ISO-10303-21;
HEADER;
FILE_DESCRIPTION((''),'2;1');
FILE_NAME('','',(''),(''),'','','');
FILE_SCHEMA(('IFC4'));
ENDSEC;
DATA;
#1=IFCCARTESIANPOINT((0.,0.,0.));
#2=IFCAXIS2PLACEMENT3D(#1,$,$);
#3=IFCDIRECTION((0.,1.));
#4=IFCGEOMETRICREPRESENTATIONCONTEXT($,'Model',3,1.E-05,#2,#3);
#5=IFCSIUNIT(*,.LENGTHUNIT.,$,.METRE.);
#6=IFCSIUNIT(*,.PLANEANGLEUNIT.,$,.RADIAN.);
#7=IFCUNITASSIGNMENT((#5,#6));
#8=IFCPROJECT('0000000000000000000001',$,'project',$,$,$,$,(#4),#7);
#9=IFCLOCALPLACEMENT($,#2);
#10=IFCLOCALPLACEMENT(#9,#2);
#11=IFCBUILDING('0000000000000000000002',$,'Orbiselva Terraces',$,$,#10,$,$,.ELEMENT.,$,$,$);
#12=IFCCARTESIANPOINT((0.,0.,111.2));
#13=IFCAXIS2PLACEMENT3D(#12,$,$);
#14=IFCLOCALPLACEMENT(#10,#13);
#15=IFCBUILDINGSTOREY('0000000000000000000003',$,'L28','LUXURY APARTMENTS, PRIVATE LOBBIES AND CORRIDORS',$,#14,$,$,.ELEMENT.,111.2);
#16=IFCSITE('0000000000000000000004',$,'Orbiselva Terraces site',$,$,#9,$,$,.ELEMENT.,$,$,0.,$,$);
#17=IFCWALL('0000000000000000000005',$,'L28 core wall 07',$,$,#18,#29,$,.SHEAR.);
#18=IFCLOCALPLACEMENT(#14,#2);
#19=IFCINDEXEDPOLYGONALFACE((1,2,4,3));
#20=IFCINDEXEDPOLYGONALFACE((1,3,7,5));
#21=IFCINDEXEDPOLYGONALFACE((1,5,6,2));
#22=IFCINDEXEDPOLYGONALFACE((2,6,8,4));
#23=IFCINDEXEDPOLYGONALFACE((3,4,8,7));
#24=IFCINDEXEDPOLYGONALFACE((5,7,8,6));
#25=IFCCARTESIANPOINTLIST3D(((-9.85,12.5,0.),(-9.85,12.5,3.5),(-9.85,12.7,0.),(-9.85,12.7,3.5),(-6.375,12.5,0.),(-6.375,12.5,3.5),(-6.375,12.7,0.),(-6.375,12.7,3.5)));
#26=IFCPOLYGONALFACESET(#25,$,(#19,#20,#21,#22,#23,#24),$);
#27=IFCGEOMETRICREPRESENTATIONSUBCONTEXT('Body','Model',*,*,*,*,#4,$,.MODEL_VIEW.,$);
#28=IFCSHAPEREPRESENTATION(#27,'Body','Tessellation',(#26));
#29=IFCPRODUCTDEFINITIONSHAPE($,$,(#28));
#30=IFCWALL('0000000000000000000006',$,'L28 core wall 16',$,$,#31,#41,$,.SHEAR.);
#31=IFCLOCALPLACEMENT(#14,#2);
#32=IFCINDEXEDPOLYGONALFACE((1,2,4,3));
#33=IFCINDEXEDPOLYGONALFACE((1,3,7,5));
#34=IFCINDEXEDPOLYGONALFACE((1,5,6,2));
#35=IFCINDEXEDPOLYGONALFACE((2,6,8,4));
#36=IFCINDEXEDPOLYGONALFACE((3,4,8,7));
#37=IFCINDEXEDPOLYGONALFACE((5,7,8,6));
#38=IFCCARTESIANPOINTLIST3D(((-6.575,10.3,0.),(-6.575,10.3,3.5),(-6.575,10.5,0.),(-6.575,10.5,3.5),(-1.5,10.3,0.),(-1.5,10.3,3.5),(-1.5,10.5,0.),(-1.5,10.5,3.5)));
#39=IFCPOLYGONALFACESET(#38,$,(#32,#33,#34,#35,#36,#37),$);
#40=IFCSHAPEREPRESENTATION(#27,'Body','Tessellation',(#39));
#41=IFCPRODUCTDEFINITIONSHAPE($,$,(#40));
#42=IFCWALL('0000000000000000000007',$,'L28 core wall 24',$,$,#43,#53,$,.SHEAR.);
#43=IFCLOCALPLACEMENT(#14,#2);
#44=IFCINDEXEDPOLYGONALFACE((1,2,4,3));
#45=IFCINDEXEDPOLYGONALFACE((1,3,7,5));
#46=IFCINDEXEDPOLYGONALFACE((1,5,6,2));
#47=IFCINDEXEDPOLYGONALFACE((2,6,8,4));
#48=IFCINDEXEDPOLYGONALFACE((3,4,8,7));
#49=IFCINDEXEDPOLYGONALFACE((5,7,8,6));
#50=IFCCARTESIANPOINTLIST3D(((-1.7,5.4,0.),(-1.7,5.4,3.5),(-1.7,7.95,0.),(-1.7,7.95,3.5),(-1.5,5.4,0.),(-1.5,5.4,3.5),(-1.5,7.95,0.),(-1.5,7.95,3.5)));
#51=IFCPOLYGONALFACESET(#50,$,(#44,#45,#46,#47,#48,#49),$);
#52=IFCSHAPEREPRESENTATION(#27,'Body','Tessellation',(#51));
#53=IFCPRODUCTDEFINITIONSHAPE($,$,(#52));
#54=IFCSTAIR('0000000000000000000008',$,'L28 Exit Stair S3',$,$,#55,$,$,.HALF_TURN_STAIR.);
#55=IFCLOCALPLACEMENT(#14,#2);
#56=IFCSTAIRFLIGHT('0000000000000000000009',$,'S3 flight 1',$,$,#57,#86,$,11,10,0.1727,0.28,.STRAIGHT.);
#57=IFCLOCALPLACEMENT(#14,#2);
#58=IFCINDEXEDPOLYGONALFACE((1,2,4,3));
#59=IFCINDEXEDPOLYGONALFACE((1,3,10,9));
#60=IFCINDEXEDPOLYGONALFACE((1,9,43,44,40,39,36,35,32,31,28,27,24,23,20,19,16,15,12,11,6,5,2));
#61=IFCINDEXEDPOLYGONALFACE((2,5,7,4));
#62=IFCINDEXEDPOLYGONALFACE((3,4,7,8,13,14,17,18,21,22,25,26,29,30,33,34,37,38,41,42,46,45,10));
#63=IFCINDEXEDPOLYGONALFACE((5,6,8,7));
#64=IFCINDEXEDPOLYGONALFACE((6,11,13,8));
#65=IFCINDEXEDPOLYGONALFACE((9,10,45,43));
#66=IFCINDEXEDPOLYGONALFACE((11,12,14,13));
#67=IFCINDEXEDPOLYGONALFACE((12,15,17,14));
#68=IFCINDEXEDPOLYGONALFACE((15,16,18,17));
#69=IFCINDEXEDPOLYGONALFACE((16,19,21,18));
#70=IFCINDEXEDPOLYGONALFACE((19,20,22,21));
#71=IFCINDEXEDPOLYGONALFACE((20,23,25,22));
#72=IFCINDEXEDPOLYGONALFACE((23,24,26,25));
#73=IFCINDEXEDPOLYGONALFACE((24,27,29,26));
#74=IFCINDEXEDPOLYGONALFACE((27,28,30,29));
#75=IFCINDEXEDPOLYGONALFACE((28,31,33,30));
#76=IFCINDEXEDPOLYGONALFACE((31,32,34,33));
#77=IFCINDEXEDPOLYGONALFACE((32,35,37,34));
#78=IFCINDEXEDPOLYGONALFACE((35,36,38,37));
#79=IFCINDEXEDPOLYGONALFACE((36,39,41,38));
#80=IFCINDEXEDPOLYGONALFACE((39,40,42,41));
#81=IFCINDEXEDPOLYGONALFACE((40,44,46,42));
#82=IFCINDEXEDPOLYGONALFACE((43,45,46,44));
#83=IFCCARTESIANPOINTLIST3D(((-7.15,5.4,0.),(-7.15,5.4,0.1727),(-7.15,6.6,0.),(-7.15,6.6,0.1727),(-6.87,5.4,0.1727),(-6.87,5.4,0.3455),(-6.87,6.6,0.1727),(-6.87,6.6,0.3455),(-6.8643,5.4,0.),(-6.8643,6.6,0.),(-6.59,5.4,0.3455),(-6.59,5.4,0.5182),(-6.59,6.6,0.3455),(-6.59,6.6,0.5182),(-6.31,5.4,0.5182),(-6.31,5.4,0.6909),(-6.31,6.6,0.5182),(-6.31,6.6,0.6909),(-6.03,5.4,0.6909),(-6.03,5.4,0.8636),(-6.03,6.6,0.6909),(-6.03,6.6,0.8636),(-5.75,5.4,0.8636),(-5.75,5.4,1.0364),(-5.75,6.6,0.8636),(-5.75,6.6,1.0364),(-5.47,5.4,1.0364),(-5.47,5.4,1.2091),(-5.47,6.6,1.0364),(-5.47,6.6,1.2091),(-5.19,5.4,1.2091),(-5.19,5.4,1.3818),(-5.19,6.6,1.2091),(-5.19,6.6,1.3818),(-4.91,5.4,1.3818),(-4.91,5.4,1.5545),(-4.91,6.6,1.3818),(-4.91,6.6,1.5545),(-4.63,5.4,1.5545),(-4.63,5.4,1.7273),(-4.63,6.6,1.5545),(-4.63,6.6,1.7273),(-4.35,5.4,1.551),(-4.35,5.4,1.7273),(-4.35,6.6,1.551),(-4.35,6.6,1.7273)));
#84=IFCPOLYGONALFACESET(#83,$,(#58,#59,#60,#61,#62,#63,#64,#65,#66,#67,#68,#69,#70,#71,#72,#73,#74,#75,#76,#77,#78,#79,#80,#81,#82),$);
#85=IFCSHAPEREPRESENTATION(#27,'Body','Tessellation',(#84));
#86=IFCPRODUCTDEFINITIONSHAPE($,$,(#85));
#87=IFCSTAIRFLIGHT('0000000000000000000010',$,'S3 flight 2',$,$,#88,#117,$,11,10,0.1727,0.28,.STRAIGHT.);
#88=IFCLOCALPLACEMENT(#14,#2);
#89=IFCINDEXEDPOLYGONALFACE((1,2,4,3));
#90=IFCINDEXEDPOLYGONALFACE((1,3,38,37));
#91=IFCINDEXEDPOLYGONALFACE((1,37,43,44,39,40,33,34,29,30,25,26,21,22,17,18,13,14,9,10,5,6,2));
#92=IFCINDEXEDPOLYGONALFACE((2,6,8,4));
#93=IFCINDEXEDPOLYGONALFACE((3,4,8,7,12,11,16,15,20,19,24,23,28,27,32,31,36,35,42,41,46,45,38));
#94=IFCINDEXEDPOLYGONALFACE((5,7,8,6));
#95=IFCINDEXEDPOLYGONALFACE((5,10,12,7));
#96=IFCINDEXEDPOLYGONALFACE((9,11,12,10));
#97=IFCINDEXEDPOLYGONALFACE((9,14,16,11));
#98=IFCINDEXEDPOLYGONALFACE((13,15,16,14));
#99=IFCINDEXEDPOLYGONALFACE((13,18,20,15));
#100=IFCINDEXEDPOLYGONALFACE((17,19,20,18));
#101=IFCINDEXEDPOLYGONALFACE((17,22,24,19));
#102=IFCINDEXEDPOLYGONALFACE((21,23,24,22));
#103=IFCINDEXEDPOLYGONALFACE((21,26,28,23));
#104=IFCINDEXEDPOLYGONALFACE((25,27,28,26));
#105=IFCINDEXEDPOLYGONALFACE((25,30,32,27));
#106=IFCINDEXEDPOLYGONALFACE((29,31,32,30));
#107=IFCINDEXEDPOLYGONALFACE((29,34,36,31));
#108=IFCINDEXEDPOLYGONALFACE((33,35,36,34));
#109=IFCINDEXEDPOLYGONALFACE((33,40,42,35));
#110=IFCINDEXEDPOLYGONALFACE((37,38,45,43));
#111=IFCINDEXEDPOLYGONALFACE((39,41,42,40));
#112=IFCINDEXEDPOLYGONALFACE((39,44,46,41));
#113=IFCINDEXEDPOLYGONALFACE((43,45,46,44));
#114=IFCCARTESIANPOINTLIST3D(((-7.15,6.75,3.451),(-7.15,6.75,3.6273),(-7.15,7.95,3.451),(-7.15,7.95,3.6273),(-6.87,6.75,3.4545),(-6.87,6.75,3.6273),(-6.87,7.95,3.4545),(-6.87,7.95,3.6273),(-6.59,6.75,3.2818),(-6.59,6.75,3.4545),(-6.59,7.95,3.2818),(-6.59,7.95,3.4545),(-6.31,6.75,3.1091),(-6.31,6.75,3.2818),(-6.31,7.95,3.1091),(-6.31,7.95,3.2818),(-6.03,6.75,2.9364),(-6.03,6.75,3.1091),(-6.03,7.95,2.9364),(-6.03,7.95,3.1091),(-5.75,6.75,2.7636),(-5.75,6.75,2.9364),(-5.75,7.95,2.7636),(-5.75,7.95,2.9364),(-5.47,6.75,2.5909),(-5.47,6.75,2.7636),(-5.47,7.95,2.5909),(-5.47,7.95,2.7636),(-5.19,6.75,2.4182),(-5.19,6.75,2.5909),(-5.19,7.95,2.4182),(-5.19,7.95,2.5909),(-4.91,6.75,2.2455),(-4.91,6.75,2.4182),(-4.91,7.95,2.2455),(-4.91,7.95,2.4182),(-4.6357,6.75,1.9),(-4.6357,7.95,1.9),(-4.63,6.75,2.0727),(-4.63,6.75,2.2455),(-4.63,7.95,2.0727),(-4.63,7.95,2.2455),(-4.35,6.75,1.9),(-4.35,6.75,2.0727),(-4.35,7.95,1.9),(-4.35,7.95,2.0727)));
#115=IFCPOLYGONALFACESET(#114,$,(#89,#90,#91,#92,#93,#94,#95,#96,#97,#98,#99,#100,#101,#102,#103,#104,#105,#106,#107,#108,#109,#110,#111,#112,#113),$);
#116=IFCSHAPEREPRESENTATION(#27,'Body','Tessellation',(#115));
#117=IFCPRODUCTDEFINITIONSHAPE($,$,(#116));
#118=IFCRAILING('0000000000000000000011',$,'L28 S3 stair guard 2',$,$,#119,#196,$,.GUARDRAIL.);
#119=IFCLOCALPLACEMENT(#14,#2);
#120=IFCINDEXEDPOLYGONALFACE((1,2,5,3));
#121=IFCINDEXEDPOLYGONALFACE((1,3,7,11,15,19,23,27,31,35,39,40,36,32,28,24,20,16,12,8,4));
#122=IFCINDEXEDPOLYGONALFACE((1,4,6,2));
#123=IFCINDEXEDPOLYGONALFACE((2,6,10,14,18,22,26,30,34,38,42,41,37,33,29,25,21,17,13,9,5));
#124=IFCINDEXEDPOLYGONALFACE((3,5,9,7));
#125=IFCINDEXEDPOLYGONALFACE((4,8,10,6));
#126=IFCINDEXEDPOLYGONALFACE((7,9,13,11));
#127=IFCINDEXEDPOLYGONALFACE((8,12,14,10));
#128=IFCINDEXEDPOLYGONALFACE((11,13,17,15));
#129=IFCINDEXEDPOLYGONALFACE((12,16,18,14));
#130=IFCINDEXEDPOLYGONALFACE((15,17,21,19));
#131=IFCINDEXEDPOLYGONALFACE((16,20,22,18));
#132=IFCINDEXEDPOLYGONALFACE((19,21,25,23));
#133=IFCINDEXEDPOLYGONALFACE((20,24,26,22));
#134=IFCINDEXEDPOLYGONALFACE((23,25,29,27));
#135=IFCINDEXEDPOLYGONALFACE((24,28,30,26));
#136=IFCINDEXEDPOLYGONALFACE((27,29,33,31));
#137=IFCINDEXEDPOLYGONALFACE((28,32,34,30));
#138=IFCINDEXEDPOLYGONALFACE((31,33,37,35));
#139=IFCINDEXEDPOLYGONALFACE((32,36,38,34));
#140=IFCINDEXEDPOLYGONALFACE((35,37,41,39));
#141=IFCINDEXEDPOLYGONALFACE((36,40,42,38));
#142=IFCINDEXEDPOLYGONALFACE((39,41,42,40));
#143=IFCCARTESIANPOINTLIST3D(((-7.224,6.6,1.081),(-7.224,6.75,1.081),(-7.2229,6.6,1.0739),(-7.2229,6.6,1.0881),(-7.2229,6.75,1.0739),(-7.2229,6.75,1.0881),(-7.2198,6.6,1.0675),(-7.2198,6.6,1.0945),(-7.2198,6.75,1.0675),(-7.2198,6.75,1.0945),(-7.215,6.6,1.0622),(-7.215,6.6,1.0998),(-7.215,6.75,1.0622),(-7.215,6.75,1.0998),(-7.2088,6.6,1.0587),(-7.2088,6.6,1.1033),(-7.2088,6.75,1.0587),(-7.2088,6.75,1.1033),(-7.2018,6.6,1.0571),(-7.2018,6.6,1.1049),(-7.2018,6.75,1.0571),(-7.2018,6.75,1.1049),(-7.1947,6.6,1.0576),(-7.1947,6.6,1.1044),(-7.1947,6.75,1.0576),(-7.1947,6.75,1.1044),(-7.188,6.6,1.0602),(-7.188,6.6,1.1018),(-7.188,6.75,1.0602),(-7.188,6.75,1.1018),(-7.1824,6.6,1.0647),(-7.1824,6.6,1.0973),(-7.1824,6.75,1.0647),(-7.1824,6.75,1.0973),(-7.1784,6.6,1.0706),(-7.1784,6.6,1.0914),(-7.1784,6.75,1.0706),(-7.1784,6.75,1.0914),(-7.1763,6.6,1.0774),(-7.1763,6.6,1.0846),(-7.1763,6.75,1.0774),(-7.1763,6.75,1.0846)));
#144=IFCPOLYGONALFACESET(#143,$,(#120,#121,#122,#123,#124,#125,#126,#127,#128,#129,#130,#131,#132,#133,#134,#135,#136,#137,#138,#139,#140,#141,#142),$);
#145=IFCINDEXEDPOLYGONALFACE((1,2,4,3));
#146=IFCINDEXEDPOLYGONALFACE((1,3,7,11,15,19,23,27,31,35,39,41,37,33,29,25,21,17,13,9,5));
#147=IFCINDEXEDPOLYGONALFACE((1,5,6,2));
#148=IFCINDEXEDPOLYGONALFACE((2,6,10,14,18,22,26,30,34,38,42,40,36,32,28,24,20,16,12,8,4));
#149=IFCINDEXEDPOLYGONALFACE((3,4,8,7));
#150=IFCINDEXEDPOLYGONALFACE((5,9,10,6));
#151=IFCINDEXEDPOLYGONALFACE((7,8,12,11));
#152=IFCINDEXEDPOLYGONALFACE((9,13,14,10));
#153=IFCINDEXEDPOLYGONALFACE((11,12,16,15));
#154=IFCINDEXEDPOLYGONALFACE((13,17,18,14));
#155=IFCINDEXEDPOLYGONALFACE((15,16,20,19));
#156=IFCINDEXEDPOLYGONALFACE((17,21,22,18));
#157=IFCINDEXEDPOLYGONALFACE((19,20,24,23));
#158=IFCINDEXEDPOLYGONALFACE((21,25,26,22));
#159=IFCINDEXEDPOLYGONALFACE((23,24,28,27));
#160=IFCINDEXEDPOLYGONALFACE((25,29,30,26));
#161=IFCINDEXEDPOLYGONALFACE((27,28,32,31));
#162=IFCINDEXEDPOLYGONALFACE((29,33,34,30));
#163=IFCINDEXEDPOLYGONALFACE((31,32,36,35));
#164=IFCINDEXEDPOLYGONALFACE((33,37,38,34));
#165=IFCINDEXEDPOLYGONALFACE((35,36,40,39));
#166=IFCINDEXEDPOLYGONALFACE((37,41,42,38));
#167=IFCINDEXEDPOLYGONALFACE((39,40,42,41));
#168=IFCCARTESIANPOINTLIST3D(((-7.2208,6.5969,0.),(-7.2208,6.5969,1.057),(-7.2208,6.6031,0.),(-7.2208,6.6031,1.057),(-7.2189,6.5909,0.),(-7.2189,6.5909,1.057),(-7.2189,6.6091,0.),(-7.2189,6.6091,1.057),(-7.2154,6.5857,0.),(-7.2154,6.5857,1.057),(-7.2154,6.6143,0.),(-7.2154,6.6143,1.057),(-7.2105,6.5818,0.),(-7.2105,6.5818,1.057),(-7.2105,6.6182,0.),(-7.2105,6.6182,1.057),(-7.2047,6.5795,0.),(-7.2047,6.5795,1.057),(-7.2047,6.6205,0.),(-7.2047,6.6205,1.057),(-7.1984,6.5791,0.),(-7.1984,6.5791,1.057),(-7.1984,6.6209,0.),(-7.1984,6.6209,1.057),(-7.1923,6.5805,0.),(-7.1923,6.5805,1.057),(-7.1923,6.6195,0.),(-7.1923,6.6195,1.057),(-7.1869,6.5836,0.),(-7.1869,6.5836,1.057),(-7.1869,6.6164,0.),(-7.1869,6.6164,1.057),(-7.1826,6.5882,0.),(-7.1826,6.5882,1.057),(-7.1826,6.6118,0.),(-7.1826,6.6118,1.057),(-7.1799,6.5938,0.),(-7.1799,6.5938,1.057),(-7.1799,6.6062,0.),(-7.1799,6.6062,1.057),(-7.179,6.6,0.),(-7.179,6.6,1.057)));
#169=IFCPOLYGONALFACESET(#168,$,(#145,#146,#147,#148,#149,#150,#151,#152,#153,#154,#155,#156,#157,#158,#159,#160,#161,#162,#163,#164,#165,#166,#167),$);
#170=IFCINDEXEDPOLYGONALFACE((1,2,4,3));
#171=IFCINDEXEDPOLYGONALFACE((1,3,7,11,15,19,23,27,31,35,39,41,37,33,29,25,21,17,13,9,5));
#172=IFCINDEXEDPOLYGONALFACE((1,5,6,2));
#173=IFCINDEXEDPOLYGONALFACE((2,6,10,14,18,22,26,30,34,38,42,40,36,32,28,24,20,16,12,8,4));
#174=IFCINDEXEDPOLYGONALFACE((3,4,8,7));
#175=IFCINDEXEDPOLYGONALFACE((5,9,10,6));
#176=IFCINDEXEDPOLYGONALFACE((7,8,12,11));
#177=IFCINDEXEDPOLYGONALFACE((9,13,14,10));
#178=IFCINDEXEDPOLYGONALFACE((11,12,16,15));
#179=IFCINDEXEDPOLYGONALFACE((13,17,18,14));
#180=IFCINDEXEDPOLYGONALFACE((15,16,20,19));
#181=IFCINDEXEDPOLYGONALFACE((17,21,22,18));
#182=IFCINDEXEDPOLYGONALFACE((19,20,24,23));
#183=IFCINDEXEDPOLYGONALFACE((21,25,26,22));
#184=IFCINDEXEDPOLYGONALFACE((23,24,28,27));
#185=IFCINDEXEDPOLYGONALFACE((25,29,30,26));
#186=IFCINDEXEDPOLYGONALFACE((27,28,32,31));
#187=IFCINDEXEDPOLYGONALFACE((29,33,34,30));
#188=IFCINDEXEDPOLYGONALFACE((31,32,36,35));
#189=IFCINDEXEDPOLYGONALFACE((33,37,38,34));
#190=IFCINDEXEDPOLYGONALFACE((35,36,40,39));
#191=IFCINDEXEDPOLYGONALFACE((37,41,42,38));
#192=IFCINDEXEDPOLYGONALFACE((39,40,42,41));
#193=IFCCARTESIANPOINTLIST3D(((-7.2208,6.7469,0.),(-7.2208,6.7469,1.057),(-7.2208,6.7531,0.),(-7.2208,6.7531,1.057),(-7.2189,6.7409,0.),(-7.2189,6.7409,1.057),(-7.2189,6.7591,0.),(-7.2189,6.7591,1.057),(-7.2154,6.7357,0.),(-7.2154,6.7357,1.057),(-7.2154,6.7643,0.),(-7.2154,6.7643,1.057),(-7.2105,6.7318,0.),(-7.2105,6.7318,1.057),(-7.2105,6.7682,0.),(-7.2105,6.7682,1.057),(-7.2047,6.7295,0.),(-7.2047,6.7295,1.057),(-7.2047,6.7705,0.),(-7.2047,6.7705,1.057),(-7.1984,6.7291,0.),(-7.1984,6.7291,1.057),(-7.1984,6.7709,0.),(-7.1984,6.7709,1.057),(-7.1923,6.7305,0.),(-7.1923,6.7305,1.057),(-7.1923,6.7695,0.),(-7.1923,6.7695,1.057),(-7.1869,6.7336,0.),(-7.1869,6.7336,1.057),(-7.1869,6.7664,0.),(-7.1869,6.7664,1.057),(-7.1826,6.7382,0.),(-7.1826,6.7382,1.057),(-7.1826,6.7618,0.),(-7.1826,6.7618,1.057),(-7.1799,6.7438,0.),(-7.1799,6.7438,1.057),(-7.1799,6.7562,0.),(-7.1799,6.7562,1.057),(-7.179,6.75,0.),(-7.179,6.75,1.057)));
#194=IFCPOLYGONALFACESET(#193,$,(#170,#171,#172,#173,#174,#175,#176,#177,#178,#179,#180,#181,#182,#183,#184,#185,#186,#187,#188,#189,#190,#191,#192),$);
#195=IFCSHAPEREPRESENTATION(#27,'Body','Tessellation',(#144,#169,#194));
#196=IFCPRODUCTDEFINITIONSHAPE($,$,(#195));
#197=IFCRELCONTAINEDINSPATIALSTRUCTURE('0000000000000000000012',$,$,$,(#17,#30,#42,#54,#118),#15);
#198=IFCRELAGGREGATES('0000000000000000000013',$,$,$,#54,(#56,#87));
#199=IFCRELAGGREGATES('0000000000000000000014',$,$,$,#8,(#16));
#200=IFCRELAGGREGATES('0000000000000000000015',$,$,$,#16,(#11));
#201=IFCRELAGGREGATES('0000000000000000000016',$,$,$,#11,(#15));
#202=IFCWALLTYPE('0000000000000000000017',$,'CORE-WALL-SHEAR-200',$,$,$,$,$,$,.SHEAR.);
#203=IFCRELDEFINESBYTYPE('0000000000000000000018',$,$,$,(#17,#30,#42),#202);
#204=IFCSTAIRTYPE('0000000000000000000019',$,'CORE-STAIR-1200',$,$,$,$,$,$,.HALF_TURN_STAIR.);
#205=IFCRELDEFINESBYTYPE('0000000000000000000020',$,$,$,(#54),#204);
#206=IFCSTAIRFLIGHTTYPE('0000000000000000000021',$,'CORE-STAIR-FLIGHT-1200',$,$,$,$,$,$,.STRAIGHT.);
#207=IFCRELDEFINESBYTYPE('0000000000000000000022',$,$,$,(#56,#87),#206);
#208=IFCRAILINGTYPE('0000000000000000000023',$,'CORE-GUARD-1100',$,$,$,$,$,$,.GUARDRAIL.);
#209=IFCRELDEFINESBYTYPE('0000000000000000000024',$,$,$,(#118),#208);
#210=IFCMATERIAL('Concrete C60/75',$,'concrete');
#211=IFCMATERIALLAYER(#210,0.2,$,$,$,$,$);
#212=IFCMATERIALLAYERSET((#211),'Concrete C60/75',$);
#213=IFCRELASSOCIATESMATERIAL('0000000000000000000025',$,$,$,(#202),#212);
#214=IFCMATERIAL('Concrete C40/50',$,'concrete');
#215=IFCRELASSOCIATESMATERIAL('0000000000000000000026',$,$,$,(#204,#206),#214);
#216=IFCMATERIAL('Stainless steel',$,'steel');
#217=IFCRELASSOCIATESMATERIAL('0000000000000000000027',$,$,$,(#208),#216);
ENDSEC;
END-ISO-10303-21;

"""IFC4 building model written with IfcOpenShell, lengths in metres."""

from ifc_helpers import new_model, si_unit, direction, frame, frame_2d, origin, origin_2d, place, context, subcontext, project, spatial, polyline, rectangle, circle, outline, extrude, material, layer, layer_set, type_object, element, aggregate, save


model = new_model("IFC4")

# Units and contexts
model_context = context("Model", 3, precision=1e-05, world=origin(), true_north=direction((0.0, 1.0)))
body_context = subcontext(model_context, "Body", "Model", "MODEL_VIEW")
ifc_project = project(units=[si_unit("LENGTHUNIT", "METRE"), si_unit("PLANEANGLEUNIT", "RADIAN")], contexts=[model_context])

# Site, building, storey
site_placement = place(None, origin())
site = spatial("IfcSite", under=ifc_project, at=site_placement, Name="Orbiselva Terraces site", CompositionType="ELEMENT", RefElevation=0.0)
building_placement = place(site_placement, origin())
building = spatial("IfcBuilding", under=site, at=building_placement, Name="Orbiselva Terraces", CompositionType="ELEMENT")
storey_placement = place(building_placement, frame((0.0, 0.0, 111.2)))
storey = spatial("IfcBuildingStorey", under=building, at=storey_placement, Name="L28", Description="LUXURY APARTMENTS, PRIVATE LOBBIES AND CORRIDORS", CompositionType="ELEMENT", Elevation=111.2)

# Walls
ifc_material_1 = material(Name="Concrete C60/75", Category="concrete")
ifc_layer_1 = layer(ifc_material_1, 0.2)
ifc_layer_set_1 = layer_set([ifc_layer_1], Name="Concrete C60/75")
wall_type_1 = type_object("IfcWallType", Name="CORE-WALL-SHEAR-200", PredefinedType="SHEAR", material=ifc_layer_set_1)
wall_1_placement = place(storey_placement, frame((-9.85, 12.6, 0.0), z_axis=(0.0, 0.0, 1.0), x_axis=(1.0, 0.0, 0.0)))
element("IfcWall", 1, at=wall_1_placement, inside=storey, type_object=wall_type_1, Name="L28 core wall 07", PredefinedType="SHEAR", context=body_context, shape_type="SweptSolid", body=[
    extrude(rectangle(XDim=3.475, YDim=0.2, at=frame_2d((1.7375, 0.0))), origin(), (0.0, 0.0, 1.0), 3.5),
])
wall_2_placement = place(storey_placement, frame((-6.575, 10.4, 0.0), z_axis=(0.0, 0.0, 1.0), x_axis=(1.0, 0.0, 0.0)))
element("IfcWall", 2, at=wall_2_placement, inside=storey, type_object=wall_type_1, Name="L28 core wall 16", PredefinedType="SHEAR", context=body_context, shape_type="SweptSolid", body=[
    extrude(rectangle(XDim=5.075, YDim=0.2, at=frame_2d((2.5375, 0.0))), origin(), (0.0, 0.0, 1.0), 3.5),
])
wall_3_placement = place(storey_placement, frame((-1.6, 5.4, 0.0), z_axis=(0.0, 0.0, 1.0), x_axis=(0.0, 1.0, 0.0)))
element("IfcWall", 3, at=wall_3_placement, inside=storey, type_object=wall_type_1, Name="L28 core wall 24", PredefinedType="SHEAR", context=body_context, shape_type="SweptSolid", body=[
    extrude(rectangle(XDim=2.55, YDim=0.2, at=frame_2d((1.275, 0.0))), origin(), (0.0, 0.0, 1.0), 3.5),
])

# Stair, stair flights
ifc_material_2 = material(Name="Concrete C40/50", Category="concrete")
stair_type = type_object("IfcStairType", Name="CORE-STAIR-1200", PredefinedType="HALF_TURN_STAIR", material=ifc_material_2)
stair_placement = place(storey_placement, origin())
stair = element("IfcStair", 4, at=stair_placement, inside=storey, type_object=stair_type, Name="L28 Exit Stair S3", PredefinedType="HALF_TURN_STAIR")
stair_flight_type = type_object("IfcStairFlightType", Name="CORE-STAIR-FLIGHT-1200", PredefinedType="STRAIGHT", material=ifc_material_2)
stair_flight_1_placement = place(storey_placement, frame((-7.15, 6.0, 0.0), z_axis=(0.0, 0.0, 1.0), x_axis=(1.0, 0.0, 0.0)))
stair_flight_1 = element("IfcStairFlight", 5, at=stair_flight_1_placement, type_object=stair_flight_type, Name="S3 flight 1", NumberOfRisers=11, NumberOfTreads=10, PredefinedType="STRAIGHT", RiserHeight=0.1727, TreadLength=0.28, context=body_context, shape_type="SweptSolid", body=[
    extrude(outline(polyline([(0.0, 0.0), (0.0, 0.1727), (0.28, 0.1727), (0.28, 0.3455), (0.56, 0.3455), (0.56, 0.5182), (0.84, 0.5182), (0.84, 0.6909), (1.12, 0.6909), (1.12, 0.8636), (1.4, 0.8636), (1.4, 1.0364), (1.68, 1.0364), (1.68, 1.2091), (1.96, 1.2091), (1.96, 1.3818), (2.24, 1.3818), (2.24, 1.5545), (2.52, 1.5545), (2.52, 1.7273), (2.8, 1.7273), (2.8, 1.9), (2.8, 1.551), (0.2857, 0.0), (0.0, 0.0)])), frame((0.0, 0.6, 0.0), z_axis=(0.0, -1.0, 0.0), x_axis=(1.0, 0.0, 0.0)), (0.0, 0.0, 1.0), 1.2),
])
stair_flight_2_placement = place(storey_placement, frame((-4.35, 7.35, 1.9), z_axis=(0.0, 0.0, 1.0), x_axis=(-1.0, 0.0, 0.0)))
stair_flight_2 = element("IfcStairFlight", 6, at=stair_flight_2_placement, type_object=stair_flight_type, Name="S3 flight 2", NumberOfRisers=11, NumberOfTreads=10, PredefinedType="STRAIGHT", RiserHeight=0.1727, TreadLength=0.28, context=body_context, shape_type="SweptSolid", body=[
    extrude(outline(polyline([(0.0, 0.0), (0.0, 0.1727), (0.28, 0.1727), (0.28, 0.3455), (0.56, 0.3455), (0.56, 0.5182), (0.84, 0.5182), (0.84, 0.6909), (1.12, 0.6909), (1.12, 0.8636), (1.4, 0.8636), (1.4, 1.0364), (1.68, 1.0364), (1.68, 1.2091), (1.96, 1.2091), (1.96, 1.3818), (2.24, 1.3818), (2.24, 1.5545), (2.52, 1.5545), (2.52, 1.7273), (2.8, 1.7273), (2.8, 1.9), (2.8, 1.551), (0.2857, 0.0), (0.0, 0.0)])), frame((0.0, 0.6, 0.0), z_axis=(0.0, -1.0, 0.0), x_axis=(1.0, 0.0, 0.0)), (0.0, 0.0, 1.0), 1.2),
])
aggregate(stair, [stair_flight_1, stair_flight_2])

# Railing
ifc_material_3 = material(Name="Stainless steel", Category="steel")
railing_type_1 = type_object("IfcRailingType", Name="CORE-GUARD-1100", PredefinedType="GUARDRAIL", material=ifc_material_3)
railing_1_placement = place(storey_placement, frame((-7.2, 6.6, 0.0)))
element("IfcRailing", 7, at=railing_1_placement, inside=storey, type_object=railing_type_1, Name="L28 S3 stair guard 2", PredefinedType="GUARDRAIL", context=body_context, shape_type="SweptSolid", body=[
    extrude(circle(Radius=0.024, at=origin_2d()), frame((0.0, 0.0, 1.081), z_axis=(0.0, 1.0, 0.0), x_axis=(-1.0, 0.0, 0.0)), (0.0, 0.0, 1.0), 0.15),
    extrude(circle(Radius=0.021, at=origin_2d()), origin(), (0.0, 0.0, 1.0), 1.057),
    extrude(circle(Radius=0.021, at=origin_2d()), frame((0.0, 0.15, 0.0)), (0.0, 0.0, 1.0), 1.057),
])

save(model, "model.ifc")
